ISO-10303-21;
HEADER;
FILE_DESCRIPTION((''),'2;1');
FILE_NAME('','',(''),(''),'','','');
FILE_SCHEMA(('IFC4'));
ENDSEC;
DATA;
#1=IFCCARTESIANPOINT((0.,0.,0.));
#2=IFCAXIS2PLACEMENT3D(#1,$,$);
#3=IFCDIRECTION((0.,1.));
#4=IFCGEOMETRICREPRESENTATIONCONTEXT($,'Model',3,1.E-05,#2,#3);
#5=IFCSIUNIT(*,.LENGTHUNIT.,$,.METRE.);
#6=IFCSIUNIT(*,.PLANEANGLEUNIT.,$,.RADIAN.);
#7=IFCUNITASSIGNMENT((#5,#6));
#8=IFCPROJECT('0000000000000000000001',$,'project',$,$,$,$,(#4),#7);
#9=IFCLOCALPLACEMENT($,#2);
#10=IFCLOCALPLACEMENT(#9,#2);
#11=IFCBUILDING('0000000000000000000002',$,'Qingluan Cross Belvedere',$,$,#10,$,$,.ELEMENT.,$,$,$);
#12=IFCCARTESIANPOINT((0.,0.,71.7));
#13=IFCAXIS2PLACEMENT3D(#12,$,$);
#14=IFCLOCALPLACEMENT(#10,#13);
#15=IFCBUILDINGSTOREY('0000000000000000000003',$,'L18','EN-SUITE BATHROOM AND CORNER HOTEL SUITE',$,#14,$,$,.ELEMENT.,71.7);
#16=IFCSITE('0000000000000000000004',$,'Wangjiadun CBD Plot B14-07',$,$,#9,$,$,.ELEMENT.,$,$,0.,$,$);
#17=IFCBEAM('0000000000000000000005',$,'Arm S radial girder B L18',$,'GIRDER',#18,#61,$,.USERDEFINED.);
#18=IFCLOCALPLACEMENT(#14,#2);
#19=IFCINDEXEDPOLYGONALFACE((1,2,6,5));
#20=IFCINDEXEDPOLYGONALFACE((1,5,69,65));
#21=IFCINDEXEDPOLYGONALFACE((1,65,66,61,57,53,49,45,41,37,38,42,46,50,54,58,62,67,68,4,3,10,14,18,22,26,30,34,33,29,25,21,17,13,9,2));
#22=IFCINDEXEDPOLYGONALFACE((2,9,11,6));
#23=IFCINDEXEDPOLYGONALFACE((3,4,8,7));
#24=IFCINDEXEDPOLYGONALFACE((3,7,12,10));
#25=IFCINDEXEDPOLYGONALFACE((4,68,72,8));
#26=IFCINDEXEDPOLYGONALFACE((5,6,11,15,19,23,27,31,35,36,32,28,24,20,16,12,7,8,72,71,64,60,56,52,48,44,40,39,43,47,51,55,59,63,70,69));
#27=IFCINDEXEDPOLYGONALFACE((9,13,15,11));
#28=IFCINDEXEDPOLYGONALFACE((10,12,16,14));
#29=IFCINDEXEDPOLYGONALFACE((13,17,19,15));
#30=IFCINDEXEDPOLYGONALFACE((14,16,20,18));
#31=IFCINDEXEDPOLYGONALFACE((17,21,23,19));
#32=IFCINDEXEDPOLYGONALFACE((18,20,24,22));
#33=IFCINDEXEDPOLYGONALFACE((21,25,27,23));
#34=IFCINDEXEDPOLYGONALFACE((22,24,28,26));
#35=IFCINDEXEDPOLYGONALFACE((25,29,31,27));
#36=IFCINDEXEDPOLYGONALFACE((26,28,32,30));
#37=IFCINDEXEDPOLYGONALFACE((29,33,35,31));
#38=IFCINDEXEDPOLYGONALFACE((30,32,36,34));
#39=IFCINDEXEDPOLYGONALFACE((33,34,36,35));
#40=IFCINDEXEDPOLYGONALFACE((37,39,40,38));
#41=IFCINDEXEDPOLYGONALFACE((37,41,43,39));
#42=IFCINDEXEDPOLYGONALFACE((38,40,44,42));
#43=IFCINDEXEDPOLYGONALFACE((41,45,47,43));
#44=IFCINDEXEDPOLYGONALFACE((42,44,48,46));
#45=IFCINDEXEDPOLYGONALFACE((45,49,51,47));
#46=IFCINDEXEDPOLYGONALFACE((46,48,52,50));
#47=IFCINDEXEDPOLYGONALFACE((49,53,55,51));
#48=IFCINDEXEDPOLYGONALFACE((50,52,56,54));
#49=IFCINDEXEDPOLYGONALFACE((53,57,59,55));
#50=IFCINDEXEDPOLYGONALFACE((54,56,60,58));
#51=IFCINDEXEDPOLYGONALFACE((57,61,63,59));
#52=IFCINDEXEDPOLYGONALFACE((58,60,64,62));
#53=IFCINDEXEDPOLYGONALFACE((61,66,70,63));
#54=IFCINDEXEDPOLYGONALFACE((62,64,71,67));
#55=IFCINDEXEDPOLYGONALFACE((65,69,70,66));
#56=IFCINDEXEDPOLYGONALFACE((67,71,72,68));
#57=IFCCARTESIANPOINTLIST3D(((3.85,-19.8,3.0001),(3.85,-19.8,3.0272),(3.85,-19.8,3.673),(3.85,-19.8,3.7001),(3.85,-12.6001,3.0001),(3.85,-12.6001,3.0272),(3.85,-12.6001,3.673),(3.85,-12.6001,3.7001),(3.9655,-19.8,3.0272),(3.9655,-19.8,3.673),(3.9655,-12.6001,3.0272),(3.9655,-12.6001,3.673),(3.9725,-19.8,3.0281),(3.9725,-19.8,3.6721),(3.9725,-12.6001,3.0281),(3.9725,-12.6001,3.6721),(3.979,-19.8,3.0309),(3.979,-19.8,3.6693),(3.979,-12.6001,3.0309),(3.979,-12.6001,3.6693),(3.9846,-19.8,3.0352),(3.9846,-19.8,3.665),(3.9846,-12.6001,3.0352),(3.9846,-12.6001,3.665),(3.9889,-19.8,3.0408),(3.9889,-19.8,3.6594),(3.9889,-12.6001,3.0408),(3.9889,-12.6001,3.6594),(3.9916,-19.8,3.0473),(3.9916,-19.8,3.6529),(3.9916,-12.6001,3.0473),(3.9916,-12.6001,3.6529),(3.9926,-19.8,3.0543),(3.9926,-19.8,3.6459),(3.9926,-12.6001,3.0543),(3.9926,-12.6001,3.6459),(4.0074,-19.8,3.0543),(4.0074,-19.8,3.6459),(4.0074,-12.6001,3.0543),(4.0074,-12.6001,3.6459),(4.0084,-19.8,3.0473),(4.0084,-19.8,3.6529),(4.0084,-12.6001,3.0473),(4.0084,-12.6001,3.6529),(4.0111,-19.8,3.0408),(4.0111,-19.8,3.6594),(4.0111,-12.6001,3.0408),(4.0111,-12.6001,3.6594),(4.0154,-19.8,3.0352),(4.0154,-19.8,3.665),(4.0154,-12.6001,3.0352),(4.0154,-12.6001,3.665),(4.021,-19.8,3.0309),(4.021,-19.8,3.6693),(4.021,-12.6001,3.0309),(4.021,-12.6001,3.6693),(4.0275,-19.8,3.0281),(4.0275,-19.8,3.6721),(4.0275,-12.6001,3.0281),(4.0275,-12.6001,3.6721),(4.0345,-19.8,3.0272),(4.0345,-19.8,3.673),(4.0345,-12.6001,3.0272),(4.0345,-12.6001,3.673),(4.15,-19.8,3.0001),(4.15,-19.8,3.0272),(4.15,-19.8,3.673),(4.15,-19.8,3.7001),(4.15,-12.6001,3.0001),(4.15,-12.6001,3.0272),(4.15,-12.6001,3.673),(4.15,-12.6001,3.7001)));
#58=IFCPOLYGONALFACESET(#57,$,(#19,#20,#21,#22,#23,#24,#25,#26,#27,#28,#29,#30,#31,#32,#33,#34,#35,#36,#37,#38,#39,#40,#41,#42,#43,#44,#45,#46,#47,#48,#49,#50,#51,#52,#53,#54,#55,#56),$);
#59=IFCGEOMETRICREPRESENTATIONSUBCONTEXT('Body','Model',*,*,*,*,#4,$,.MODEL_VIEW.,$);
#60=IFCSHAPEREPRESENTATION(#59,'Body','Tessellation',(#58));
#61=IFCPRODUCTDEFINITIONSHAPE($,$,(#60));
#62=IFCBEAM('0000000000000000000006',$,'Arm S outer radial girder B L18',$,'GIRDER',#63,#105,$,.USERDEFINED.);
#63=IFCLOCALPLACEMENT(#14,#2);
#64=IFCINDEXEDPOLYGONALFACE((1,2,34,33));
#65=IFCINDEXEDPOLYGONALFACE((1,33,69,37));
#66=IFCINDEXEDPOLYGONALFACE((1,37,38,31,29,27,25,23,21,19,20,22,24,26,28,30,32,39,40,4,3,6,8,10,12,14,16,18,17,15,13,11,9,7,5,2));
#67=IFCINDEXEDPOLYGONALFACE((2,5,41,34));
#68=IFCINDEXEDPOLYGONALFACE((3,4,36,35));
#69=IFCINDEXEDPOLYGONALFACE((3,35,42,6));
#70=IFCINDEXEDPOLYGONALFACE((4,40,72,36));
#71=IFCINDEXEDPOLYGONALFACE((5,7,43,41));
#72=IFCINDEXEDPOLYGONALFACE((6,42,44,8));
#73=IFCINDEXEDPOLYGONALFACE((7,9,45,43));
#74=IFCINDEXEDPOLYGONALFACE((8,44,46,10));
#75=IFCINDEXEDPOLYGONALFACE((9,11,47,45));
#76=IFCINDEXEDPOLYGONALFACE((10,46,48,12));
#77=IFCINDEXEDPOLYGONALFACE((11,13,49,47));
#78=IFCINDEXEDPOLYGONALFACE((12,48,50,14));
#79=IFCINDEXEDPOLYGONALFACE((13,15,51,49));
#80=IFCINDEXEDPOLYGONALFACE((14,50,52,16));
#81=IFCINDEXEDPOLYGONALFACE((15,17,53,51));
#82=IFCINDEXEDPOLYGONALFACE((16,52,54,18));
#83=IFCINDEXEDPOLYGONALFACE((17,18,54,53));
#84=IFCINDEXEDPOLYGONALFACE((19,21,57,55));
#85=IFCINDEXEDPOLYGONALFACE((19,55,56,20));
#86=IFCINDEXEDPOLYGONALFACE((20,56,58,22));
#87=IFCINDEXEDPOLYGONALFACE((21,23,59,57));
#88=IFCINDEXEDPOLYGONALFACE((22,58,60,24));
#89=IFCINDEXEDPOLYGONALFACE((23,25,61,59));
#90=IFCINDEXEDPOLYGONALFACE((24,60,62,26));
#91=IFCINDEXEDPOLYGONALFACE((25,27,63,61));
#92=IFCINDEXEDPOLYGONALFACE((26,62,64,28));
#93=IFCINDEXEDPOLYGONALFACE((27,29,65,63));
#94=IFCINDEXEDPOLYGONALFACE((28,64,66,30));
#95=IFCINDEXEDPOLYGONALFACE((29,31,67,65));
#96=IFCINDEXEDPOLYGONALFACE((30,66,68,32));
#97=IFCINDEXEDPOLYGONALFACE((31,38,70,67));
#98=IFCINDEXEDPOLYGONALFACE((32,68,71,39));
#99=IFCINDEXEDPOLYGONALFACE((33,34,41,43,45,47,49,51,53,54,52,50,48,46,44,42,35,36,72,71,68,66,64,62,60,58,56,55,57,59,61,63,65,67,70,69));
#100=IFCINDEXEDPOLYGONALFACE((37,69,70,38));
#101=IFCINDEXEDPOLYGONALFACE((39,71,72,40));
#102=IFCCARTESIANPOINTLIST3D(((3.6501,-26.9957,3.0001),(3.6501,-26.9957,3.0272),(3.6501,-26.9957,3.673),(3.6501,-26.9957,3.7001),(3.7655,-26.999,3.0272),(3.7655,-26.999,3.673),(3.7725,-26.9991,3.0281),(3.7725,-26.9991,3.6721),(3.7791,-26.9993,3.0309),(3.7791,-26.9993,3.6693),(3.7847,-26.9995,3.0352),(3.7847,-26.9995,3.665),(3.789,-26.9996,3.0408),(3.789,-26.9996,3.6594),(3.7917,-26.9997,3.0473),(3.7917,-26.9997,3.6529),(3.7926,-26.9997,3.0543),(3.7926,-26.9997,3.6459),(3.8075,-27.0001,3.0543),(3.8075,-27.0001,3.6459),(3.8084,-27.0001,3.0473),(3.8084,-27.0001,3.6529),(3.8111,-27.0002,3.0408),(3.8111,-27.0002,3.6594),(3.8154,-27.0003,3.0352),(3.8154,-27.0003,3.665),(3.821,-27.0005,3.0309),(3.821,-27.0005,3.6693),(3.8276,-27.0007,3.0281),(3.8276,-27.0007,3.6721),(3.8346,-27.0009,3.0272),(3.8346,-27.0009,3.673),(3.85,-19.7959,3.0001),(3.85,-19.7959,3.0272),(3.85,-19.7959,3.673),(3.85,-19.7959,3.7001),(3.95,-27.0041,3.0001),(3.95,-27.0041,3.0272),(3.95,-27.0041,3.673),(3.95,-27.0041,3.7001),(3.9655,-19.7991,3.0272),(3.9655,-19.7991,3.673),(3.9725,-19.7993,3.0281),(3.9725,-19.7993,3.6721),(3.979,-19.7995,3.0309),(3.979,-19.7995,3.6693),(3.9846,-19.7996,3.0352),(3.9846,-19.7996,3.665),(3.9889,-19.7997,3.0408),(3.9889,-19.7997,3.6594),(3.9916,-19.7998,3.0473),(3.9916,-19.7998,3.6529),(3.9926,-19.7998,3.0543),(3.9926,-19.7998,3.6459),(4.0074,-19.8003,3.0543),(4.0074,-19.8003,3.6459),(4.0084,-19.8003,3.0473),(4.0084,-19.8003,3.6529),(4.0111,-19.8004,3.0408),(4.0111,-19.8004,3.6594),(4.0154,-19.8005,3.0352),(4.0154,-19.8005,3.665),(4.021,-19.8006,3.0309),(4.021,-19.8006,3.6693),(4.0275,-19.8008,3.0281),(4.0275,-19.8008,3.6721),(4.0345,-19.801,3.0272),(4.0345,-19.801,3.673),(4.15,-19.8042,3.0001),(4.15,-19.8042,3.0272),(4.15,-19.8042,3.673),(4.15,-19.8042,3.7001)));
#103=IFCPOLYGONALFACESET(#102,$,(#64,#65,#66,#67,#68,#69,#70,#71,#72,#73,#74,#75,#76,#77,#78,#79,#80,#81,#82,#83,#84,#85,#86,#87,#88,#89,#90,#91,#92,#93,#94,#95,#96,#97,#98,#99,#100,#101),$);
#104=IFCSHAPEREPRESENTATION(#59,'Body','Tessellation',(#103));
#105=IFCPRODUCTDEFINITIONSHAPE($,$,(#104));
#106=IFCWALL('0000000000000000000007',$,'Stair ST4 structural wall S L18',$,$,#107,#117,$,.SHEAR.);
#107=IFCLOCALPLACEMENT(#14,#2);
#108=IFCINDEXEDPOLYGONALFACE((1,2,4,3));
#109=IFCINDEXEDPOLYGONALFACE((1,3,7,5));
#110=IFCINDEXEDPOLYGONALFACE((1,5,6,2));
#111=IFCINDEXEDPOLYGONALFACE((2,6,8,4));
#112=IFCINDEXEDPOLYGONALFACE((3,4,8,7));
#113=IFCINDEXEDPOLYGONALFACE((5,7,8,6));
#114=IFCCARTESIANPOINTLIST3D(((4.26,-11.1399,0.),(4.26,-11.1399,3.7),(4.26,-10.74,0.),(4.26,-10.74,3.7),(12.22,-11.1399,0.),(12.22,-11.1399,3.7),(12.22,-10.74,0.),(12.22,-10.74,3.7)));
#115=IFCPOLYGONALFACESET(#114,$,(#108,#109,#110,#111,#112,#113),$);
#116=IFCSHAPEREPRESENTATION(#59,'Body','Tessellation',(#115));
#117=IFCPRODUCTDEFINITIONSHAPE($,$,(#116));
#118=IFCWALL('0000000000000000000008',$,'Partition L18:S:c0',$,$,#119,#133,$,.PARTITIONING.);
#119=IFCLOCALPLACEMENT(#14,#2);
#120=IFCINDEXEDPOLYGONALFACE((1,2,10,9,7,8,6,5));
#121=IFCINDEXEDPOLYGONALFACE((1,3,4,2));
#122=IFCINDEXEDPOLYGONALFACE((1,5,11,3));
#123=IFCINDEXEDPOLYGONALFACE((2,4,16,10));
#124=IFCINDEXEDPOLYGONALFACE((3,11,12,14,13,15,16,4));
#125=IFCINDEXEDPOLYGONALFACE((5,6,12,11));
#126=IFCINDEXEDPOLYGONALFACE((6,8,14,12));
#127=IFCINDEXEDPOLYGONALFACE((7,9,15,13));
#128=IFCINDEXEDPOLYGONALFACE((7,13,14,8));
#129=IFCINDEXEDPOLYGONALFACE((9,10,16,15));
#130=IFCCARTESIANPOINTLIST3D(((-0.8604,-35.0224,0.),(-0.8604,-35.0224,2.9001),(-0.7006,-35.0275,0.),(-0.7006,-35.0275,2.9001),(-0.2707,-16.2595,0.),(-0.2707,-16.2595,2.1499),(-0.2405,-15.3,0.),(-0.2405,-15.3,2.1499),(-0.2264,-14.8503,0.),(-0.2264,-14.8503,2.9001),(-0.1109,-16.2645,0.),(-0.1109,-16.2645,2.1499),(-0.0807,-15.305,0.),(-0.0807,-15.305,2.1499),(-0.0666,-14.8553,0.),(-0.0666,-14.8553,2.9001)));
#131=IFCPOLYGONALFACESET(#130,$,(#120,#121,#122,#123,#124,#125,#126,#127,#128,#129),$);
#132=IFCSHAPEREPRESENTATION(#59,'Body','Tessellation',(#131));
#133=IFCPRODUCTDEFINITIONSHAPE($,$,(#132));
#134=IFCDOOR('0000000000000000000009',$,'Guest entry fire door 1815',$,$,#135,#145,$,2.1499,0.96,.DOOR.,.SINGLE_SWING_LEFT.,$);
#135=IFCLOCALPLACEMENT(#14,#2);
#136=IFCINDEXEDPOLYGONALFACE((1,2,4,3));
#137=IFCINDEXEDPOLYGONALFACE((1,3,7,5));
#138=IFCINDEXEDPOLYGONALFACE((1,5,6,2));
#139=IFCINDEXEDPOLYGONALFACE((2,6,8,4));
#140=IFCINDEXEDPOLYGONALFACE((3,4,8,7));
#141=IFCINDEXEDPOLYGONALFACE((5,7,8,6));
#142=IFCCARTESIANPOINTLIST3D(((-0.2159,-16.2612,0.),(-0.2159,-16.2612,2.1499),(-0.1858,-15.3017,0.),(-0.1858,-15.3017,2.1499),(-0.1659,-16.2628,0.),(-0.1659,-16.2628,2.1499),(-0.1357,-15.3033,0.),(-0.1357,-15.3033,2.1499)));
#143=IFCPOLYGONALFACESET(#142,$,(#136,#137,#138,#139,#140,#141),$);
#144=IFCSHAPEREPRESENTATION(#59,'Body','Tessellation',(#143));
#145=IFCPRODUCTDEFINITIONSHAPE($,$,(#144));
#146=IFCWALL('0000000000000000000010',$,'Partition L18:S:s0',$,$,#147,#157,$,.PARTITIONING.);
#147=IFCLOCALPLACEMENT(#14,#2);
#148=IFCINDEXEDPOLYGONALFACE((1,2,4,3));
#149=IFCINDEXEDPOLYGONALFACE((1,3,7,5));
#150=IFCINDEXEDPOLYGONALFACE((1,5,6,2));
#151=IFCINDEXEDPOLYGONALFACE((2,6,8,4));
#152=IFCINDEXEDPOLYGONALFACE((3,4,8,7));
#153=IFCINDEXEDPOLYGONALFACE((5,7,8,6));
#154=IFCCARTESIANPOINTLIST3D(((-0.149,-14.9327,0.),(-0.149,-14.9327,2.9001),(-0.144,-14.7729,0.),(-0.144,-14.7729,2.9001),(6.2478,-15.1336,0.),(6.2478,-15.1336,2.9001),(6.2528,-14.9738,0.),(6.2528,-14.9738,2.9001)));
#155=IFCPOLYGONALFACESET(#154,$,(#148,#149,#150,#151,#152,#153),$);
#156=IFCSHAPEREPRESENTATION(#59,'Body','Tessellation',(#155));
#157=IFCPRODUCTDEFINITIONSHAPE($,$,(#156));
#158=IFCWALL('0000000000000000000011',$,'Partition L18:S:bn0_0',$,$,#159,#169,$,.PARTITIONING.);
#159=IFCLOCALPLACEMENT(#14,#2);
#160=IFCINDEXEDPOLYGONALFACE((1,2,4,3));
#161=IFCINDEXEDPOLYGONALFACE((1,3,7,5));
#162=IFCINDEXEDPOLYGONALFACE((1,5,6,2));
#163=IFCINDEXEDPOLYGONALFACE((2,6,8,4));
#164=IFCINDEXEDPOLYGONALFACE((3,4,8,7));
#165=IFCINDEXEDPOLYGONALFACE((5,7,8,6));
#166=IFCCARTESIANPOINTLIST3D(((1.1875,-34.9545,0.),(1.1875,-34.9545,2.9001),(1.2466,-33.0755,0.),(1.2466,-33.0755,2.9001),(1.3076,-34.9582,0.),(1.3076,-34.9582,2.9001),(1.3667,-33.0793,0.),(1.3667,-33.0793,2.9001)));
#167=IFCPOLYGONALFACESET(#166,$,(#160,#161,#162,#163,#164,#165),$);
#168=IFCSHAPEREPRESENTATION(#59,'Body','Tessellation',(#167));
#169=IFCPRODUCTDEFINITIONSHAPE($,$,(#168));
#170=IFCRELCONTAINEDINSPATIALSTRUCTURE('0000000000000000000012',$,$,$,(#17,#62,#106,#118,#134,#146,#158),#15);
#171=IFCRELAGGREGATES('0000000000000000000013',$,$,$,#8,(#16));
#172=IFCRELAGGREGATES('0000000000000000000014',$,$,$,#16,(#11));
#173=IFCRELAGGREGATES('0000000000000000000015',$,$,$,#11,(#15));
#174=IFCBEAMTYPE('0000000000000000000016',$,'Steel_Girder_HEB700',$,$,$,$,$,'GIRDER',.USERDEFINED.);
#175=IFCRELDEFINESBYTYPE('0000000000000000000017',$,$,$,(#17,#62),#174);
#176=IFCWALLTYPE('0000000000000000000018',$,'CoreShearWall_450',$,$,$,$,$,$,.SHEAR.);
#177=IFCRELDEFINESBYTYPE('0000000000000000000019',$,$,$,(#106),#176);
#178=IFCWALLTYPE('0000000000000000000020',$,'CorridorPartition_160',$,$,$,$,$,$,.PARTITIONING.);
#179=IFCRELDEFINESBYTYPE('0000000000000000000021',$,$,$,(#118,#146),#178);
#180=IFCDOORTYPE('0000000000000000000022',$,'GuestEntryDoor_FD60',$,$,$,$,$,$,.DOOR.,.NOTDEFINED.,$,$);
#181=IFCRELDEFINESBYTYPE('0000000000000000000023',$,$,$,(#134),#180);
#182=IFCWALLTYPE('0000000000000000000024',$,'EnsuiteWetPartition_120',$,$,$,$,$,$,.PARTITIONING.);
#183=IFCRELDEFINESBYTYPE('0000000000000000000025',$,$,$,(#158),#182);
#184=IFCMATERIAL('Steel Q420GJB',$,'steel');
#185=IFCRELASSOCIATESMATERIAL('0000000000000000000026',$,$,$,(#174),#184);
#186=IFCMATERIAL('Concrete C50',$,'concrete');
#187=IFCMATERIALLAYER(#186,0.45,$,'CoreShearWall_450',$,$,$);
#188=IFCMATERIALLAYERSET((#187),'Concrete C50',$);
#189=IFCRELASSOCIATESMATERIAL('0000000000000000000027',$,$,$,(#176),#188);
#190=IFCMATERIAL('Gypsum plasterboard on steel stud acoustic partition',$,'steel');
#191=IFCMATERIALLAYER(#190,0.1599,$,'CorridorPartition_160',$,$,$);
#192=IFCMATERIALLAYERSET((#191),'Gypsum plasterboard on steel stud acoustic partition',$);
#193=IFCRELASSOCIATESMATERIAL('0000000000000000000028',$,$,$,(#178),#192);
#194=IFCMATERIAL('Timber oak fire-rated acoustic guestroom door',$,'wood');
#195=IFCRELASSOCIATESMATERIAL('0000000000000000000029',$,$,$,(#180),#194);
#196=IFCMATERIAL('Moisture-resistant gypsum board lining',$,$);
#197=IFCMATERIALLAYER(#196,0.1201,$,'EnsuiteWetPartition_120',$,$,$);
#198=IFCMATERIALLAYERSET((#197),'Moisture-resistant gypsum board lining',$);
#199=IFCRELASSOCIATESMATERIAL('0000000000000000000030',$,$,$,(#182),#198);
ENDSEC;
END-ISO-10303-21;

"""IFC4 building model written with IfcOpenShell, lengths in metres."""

from ifc_helpers import new_model, si_unit, direction, frame, frame_2d, origin, origin_2d, place, context, subcontext, project, spatial, rectangle, i_section, extrude, material, layer, layer_set, material_profile, profile_set, type_object, element, fill, save


model = new_model("IFC4")

# Units and contexts
model_context = context("Model", 3, precision=1e-05, world=origin(), true_north=direction((0.0, 1.0)))
body_context = subcontext(model_context, "Body", "Model", "MODEL_VIEW")
ifc_project = project(units=[si_unit("LENGTHUNIT", "METRE"), si_unit("PLANEANGLEUNIT", "RADIAN")], contexts=[model_context])

# Site, building, storey
site_placement = place(None, origin())
site = spatial("IfcSite", under=ifc_project, at=site_placement, Name="Wangjiadun CBD Plot B14-07", CompositionType="ELEMENT", RefElevation=0.0)
building_placement = place(site_placement, origin())
building = spatial("IfcBuilding", under=site, at=building_placement, Name="Qingluan Cross Belvedere", CompositionType="ELEMENT")
storey_placement = place(building_placement, frame((0.0, 0.0, 71.7)))
storey = spatial("IfcBuildingStorey", under=building, at=storey_placement, Name="L18", Description="EN-SUITE BATHROOM AND CORNER HOTEL SUITE", CompositionType="ELEMENT", Elevation=71.7)

# Beams
ifc_material_1 = material(Name="Steel Q420GJB", Category="steel")
ifc_material_profile_1 = material_profile(ifc_material_1, i_section(OverallWidth=0.3, OverallDepth=0.7, WebThickness=0.0149, FlangeThickness=0.0271, FilletRadius=0.0271, at=origin_2d()), Name="HEB700")
ifc_profile_set_1 = profile_set([ifc_material_profile_1], Name="Steel Q420GJB")
beam_type_1 = type_object("IfcBeamType", Name="Steel_Girder_HEB700", ElementType="GIRDER", PredefinedType="USERDEFINED", material=ifc_profile_set_1)
beam_1_placement = place(storey_placement, frame((4.0, -12.6001, 3.3501), z_axis=(0.0, -1.0, 0.0), x_axis=(1.0, 0.0, 0.0)))
element("IfcBeam", 1, at=beam_1_placement, inside=storey, type_object=beam_type_1, Name="Arm S radial girder B L18", ObjectType="GIRDER", PredefinedType="USERDEFINED", context=body_context, shape_type="SweptSolid", body=[
    extrude(i_section(OverallWidth=0.3, OverallDepth=0.7, WebThickness=0.0149, FlangeThickness=0.0271, FilletRadius=0.0271, at=origin_2d()), origin(), (0.0, 0.0, 1.0), 7.2),
])
beam_2_placement = place(storey_placement, frame((4.0, -19.8, 3.3501), z_axis=(-0.02776, -0.999615, 0.0), x_axis=(0.999615, -0.02776, 0.0)))
element("IfcBeam", 2, at=beam_2_placement, inside=storey, type_object=beam_type_1, Name="Arm S outer radial girder B L18", ObjectType="GIRDER", PredefinedType="USERDEFINED", context=body_context, shape_type="SweptSolid", body=[
    extrude(i_section(OverallWidth=0.3, OverallDepth=0.7, WebThickness=0.0149, FlangeThickness=0.0271, FilletRadius=0.0271, at=origin_2d()), origin(), (0.0, 0.0, 1.0), 7.2026),
])

# Wall
ifc_material_2 = material(Name="Concrete C50", Category="concrete")
ifc_layer_1 = layer(ifc_material_2, 0.45, Name="CoreShearWall_450")
ifc_layer_set_1 = layer_set([ifc_layer_1], Name="Concrete C50")
wall_type_1 = type_object("IfcWallType", Name="CoreShearWall_450", PredefinedType="SHEAR", material=ifc_layer_set_1)
wall_1_placement = place(storey_placement, frame((4.26, -10.9399, 0.0), z_axis=(0.0, 0.0, 1.0), x_axis=(1.0, 0.0, 0.0)))
element("IfcWall", 3, at=wall_1_placement, inside=storey, type_object=wall_type_1, Name="Stair ST4 structural wall S L18", PredefinedType="SHEAR", context=body_context, shape_type="SweptSolid", body=[
    extrude(rectangle(XDim=7.96, YDim=0.3999, at=frame_2d((3.98, 0.0))), origin(), (0.0, 0.0, 1.0), 3.7),
])

# Wall, opening, door
ifc_material_3 = material(Name="Gypsum plasterboard on steel stud acoustic partition", Category="steel")
ifc_layer_2 = layer(ifc_material_3, 0.1599, Name="CorridorPartition_160")
ifc_layer_set_2 = layer_set([ifc_layer_2], Name="Gypsum plasterboard on steel stud acoustic partition")
wall_type_2 = type_object("IfcWallType", Name="CorridorPartition_160", PredefinedType="PARTITIONING", material=ifc_layer_set_2)
wall_2_placement = place(storey_placement, frame((-0.1465, -14.8528, 0.0), z_axis=(0.0, 0.0, 1.0), x_axis=(-0.031416, -0.999506, 0.0)))
wall_2 = element("IfcWall", 4, at=wall_2_placement, inside=storey, type_object=wall_type_2, Name="Partition L18:S:c0", PredefinedType="PARTITIONING", context=body_context, shape_type="SweptSolid", body=[
    extrude(rectangle(XDim=20.1821, YDim=0.1599, at=frame_2d((10.0911, 0.0))), origin(), (0.0, 0.0, 1.0), 2.9001),
])
opening_1_placement = place(wall_2_placement, frame((0.45, 0.0, 0.0)))
opening_1 = element("IfcOpeningElement", 5, at=opening_1_placement, cuts=wall_2, PredefinedType="OPENING", context=body_context, shape_type="SweptSolid", body=[
    extrude(rectangle(XDim=0.96, YDim=2.1499, at=frame_2d((0.48, 1.075))), frame((0.0, 0.0898, 0.0), z_axis=(0.0, -1.0, 0.0), x_axis=(1.0, 0.0, 0.0)), (0.0, 0.0, 1.0), 0.1799),
])
ifc_material_4 = material(Name="Timber oak fire-rated acoustic guestroom door", Category="wood")
door_type_1 = type_object("IfcDoorType", Name="GuestEntryDoor_FD60", OperationType="NOTDEFINED", PredefinedType="DOOR", material=ifc_material_4)
door_1_placement = place(opening_1_placement, origin())
door_1 = element("IfcDoor", 6, at=door_1_placement, inside=storey, type_object=door_type_1, Name="Guest entry fire door 1815", OperationType="SINGLE_SWING_LEFT", OverallHeight=2.1499, OverallWidth=0.96, PredefinedType="DOOR", context=body_context, shape_type="SweptSolid", body=[
    extrude(rectangle(XDim=0.96, YDim=2.1499, at=frame_2d((0.48, 1.075))), frame((0.0, 0.0249, 0.0), z_axis=(0.0, -1.0, 0.0), x_axis=(1.0, 0.0, 0.0)), (0.0, 0.0, 1.0), 0.05),
])
fill(opening_1, door_1)

# Walls
wall_3_placement = place(storey_placement, frame((-0.1465, -14.8528, 0.0), z_axis=(0.0, 0.0, 1.0), x_axis=(0.999507, -0.031396, 0.0)))
element("IfcWall", 7, at=wall_3_placement, inside=storey, type_object=wall_type_2, Name="Partition L18:S:s0", PredefinedType="PARTITIONING", context=body_context, shape_type="SweptSolid", body=[
    extrude(rectangle(XDim=6.3999, YDim=0.1599, at=frame_2d((3.2, 0.0))), origin(), (0.0, 0.0, 1.0), 2.9001),
])
ifc_material_5 = material(Name="Moisture-resistant gypsum board lining")
ifc_layer_3 = layer(ifc_material_5, 0.1201, Name="EnsuiteWetPartition_120")
ifc_layer_set_3 = layer_set([ifc_layer_3], Name="Moisture-resistant gypsum board lining")
wall_type_3 = type_object("IfcWallType", Name="EnsuiteWetPartition_120", PredefinedType="PARTITIONING", material=ifc_layer_set_3)
wall_4_placement = place(storey_placement, frame((1.3066, -33.0774, 0.0), z_axis=(0.0, 0.0, 1.0), x_axis=(-0.031429, -0.999506, 0.0)))
element("IfcWall", 8, at=wall_4_placement, inside=storey, type_object=wall_type_3, Name="Partition L18:S:bn0_0", PredefinedType="PARTITIONING", context=body_context, shape_type="SweptSolid", body=[
    extrude(rectangle(XDim=1.8799, YDim=0.1201, at=frame_2d((0.9399, 0.0))), origin(), (0.0, 0.0, 1.0), 2.9001),
])

save(model, "model.ifc")
